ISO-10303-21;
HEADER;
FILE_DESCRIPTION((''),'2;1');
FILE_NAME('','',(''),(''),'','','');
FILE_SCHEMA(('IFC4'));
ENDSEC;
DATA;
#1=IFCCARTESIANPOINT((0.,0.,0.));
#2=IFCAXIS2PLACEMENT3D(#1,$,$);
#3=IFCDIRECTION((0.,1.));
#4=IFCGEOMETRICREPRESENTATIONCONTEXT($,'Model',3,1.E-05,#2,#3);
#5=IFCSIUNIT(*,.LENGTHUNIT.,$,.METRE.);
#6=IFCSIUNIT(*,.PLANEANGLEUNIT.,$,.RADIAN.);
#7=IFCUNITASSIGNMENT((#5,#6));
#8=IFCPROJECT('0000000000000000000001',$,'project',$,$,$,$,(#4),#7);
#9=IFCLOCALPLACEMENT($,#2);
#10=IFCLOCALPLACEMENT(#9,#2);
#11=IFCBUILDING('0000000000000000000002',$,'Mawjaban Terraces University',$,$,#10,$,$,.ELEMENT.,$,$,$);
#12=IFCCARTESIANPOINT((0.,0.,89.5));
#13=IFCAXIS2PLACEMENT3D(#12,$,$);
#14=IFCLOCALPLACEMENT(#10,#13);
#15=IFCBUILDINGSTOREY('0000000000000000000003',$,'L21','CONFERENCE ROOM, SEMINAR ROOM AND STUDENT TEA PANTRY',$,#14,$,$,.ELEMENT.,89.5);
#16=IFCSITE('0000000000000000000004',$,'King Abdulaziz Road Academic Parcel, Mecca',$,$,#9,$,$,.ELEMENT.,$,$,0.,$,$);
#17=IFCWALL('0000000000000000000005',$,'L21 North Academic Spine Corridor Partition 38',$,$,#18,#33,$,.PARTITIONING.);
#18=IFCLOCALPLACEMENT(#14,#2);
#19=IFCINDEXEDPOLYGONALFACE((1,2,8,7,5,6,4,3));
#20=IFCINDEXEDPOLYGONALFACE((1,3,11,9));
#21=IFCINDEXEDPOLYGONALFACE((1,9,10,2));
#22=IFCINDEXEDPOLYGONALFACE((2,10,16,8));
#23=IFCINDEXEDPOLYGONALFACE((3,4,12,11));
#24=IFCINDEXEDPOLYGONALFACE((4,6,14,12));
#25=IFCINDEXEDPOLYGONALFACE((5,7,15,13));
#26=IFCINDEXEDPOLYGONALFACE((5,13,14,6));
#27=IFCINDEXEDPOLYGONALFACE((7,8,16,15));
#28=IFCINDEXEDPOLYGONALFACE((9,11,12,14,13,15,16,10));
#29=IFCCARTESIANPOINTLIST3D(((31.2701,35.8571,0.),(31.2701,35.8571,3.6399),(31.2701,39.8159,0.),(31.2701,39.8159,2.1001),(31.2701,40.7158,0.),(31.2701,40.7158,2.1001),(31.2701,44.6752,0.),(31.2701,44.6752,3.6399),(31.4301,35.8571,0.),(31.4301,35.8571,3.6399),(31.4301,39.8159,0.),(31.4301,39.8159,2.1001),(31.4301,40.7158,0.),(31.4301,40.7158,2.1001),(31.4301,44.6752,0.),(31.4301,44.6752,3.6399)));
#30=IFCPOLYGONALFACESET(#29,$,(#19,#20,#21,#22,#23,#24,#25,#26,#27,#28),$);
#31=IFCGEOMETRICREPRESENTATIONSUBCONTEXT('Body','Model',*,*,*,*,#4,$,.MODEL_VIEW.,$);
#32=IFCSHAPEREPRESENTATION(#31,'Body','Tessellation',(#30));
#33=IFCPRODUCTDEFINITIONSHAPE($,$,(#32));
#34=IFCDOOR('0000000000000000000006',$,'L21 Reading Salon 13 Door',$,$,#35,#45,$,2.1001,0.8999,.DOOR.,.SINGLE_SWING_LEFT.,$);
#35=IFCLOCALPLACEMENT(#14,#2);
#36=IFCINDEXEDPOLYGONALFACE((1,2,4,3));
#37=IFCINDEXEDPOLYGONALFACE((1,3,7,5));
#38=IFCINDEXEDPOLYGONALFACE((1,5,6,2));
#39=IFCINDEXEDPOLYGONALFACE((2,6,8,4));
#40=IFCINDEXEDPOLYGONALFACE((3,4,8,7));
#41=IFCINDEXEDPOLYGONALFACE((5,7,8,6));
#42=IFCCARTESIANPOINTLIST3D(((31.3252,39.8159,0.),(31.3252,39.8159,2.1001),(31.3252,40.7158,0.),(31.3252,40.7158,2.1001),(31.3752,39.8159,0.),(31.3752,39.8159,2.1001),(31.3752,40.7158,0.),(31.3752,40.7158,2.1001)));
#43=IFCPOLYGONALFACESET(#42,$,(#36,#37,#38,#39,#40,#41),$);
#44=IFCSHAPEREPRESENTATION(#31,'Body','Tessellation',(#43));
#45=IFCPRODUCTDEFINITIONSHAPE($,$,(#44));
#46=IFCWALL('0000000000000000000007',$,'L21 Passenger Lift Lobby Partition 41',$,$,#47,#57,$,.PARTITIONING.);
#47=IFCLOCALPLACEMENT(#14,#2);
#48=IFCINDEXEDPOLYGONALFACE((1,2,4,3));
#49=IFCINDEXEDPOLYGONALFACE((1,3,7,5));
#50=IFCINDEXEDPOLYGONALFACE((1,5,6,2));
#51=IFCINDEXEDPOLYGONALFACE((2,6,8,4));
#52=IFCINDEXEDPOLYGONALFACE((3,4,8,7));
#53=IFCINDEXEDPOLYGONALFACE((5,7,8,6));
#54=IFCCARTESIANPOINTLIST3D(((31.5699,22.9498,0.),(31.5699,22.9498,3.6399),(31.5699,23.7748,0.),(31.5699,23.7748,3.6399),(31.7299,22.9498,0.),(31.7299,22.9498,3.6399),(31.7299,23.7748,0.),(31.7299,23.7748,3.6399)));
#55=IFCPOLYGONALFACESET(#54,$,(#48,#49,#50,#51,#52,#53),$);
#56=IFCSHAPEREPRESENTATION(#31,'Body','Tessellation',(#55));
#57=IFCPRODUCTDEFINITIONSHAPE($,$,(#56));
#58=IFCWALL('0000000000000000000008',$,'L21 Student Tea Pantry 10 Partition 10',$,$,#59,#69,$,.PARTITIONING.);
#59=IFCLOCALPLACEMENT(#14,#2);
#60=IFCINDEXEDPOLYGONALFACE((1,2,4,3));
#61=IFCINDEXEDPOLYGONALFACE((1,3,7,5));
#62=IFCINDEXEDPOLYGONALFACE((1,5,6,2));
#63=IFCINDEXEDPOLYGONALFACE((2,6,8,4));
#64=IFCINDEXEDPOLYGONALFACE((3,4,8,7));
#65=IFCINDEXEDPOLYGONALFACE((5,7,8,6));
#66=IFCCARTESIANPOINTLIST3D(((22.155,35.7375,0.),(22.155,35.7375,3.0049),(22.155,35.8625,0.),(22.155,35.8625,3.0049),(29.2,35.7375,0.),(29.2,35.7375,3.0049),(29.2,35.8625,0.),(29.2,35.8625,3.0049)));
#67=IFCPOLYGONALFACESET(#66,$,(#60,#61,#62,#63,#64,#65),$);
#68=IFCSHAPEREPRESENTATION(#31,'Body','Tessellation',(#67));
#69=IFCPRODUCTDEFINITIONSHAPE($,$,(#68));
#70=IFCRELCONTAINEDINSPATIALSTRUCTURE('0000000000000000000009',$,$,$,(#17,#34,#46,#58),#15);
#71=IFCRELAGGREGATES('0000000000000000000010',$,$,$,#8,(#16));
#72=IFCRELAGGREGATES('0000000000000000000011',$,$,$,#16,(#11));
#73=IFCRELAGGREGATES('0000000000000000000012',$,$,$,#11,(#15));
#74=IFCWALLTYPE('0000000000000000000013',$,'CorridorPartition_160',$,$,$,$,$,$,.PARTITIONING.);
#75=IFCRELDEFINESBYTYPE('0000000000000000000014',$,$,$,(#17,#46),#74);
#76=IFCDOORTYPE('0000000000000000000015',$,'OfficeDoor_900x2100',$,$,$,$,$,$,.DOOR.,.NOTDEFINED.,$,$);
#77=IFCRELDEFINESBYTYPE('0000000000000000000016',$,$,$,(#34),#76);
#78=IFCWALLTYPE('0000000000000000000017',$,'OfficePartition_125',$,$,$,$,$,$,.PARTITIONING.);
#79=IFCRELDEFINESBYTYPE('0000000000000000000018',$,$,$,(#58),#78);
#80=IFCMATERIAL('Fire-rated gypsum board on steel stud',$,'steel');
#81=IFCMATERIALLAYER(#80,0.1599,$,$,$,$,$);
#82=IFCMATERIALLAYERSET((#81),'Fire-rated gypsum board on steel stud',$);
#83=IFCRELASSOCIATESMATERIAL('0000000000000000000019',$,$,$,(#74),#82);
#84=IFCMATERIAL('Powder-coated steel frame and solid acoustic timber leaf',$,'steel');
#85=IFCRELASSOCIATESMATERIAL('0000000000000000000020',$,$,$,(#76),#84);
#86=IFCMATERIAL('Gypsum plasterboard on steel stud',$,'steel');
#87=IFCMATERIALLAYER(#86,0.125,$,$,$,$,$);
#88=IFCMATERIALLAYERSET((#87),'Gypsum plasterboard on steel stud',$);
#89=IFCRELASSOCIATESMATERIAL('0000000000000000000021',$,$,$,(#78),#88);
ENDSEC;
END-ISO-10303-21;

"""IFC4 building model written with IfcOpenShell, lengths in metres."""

from ifc_helpers import new_model, si_unit, direction, frame, frame_2d, origin, place, context, subcontext, project, spatial, rectangle, extrude, material, layer, layer_set, type_object, element, fill, save


model = new_model("IFC4")

# Units and contexts
model_context = context("Model", 3, precision=1e-05, world=origin(), true_north=direction((0.0, 1.0)))
body_context = subcontext(model_context, "Body", "Model", "MODEL_VIEW")
ifc_project = project(units=[si_unit("LENGTHUNIT", "METRE"), si_unit("PLANEANGLEUNIT", "RADIAN")], contexts=[model_context])

# Site, building, storey
site_placement = place(None, origin())
site = spatial("IfcSite", under=ifc_project, at=site_placement, Name="King Abdulaziz Road Academic Parcel, Mecca", CompositionType="ELEMENT", RefElevation=0.0)
building_placement = place(site_placement, origin())
building = spatial("IfcBuilding", under=site, at=building_placement, Name="Mawjaban Terraces University", CompositionType="ELEMENT")
storey_placement = place(building_placement, frame((0.0, 0.0, 89.5)))
storey = spatial("IfcBuildingStorey", under=building, at=storey_placement, Name="L21", Description="CONFERENCE ROOM, SEMINAR ROOM AND STUDENT TEA PANTRY", CompositionType="ELEMENT", Elevation=89.5)

# Shared definitions
ifc_material_1 = material(Name="Fire-rated gypsum board on steel stud", Category="steel")
ifc_layer_1 = layer(ifc_material_1, 0.1599)
ifc_layer_set_1 = layer_set([ifc_layer_1], Name="Fire-rated gypsum board on steel stud")
wall_type_1 = type_object("IfcWallType", Name="CorridorPartition_160", PredefinedType="PARTITIONING", material=ifc_layer_set_1)
ifc_material_2 = material(Name="Powder-coated steel frame and solid acoustic timber leaf", Category="steel")
door_type_1 = type_object("IfcDoorType", Name="OfficeDoor_900x2100", OperationType="NOTDEFINED", PredefinedType="DOOR", material=ifc_material_2)

# Wall, opening, door
wall_1_placement = place(storey_placement, frame((31.3501, 35.8569, 0.0), z_axis=(0.0, 0.0, 1.0), x_axis=(0.0, 1.0, 0.0)))
wall_1 = element("IfcWall", 1, at=wall_1_placement, inside=storey, type_object=wall_type_1, Name="L21 North Academic Spine Corridor Partition 38", PredefinedType="PARTITIONING", context=body_context, shape_type="SweptSolid", body=[
    extrude(rectangle(XDim=8.8181, YDim=0.1599, at=frame_2d((4.4092, 0.0))), origin(), (0.0, 0.0, 1.0), 3.6399),
])
opening_1_placement = place(wall_1_placement, frame((3.959, 0.0, 0.0)))
opening_1 = element("IfcOpeningElement", 2, at=opening_1_placement, cuts=wall_1, PredefinedType="OPENING", context=body_context, shape_type="SweptSolid", body=[
    extrude(rectangle(XDim=0.8999, YDim=2.1001, at=frame_2d((0.45, 1.05))), frame((0.0, 0.0898, 0.0), z_axis=(0.0, -1.0, 0.0), x_axis=(1.0, 0.0, 0.0)), (0.0, 0.0, 1.0), 0.1799),
])
door_1_placement = place(opening_1_placement, origin())
door_1 = element("IfcDoor", 3, at=door_1_placement, inside=storey, type_object=door_type_1, Name="L21 Reading Salon 13 Door", OperationType="SINGLE_SWING_LEFT", OverallHeight=2.1001, OverallWidth=0.8999, PredefinedType="DOOR", context=body_context, shape_type="SweptSolid", body=[
    extrude(rectangle(XDim=0.8999, YDim=2.1001, at=frame_2d((0.45, 1.05))), frame((0.0, 0.0249, 0.0), z_axis=(0.0, -1.0, 0.0), x_axis=(1.0, 0.0, 0.0)), (0.0, 0.0, 1.0), 0.05),
])
fill(opening_1, door_1)

# Walls
wall_2_placement = place(storey_placement, frame((31.6499, 23.7749, 0.0), z_axis=(0.0, 0.0, 1.0), x_axis=(0.0, -1.0, 0.0)))
element("IfcWall", 4, at=wall_2_placement, inside=storey, type_object=wall_type_1, Name="L21 Passenger Lift Lobby Partition 41", PredefinedType="PARTITIONING", context=body_context, shape_type="SweptSolid", body=[
    extrude(rectangle(XDim=0.825, YDim=0.1599, at=frame_2d((0.4126, 0.0))), origin(), (0.0, 0.0, 1.0), 3.6399),
])
ifc_material_3 = material(Name="Gypsum plasterboard on steel stud", Category="steel")
ifc_layer_2 = layer(ifc_material_3, 0.125)
ifc_layer_set_2 = layer_set([ifc_layer_2], Name="Gypsum plasterboard on steel stud")
wall_type_2 = type_object("IfcWallType", Name="OfficePartition_125", PredefinedType="PARTITIONING", material=ifc_layer_set_2)
wall_3_placement = place(storey_placement, frame((29.2, 35.8, 0.0), z_axis=(0.0, 0.0, 1.0), x_axis=(-1.0, 0.0, 0.0)))
element("IfcWall", 5, at=wall_3_placement, inside=storey, type_object=wall_type_2, Name="L21 Student Tea Pantry 10 Partition 10", PredefinedType="PARTITIONING", context=body_context, shape_type="SweptSolid", body=[
    extrude(rectangle(XDim=7.0449, YDim=0.125, at=frame_2d((3.5225, 0.0))), origin(), (0.0, 0.0, 1.0), 3.0049),
])

save(model, "model.ifc")
